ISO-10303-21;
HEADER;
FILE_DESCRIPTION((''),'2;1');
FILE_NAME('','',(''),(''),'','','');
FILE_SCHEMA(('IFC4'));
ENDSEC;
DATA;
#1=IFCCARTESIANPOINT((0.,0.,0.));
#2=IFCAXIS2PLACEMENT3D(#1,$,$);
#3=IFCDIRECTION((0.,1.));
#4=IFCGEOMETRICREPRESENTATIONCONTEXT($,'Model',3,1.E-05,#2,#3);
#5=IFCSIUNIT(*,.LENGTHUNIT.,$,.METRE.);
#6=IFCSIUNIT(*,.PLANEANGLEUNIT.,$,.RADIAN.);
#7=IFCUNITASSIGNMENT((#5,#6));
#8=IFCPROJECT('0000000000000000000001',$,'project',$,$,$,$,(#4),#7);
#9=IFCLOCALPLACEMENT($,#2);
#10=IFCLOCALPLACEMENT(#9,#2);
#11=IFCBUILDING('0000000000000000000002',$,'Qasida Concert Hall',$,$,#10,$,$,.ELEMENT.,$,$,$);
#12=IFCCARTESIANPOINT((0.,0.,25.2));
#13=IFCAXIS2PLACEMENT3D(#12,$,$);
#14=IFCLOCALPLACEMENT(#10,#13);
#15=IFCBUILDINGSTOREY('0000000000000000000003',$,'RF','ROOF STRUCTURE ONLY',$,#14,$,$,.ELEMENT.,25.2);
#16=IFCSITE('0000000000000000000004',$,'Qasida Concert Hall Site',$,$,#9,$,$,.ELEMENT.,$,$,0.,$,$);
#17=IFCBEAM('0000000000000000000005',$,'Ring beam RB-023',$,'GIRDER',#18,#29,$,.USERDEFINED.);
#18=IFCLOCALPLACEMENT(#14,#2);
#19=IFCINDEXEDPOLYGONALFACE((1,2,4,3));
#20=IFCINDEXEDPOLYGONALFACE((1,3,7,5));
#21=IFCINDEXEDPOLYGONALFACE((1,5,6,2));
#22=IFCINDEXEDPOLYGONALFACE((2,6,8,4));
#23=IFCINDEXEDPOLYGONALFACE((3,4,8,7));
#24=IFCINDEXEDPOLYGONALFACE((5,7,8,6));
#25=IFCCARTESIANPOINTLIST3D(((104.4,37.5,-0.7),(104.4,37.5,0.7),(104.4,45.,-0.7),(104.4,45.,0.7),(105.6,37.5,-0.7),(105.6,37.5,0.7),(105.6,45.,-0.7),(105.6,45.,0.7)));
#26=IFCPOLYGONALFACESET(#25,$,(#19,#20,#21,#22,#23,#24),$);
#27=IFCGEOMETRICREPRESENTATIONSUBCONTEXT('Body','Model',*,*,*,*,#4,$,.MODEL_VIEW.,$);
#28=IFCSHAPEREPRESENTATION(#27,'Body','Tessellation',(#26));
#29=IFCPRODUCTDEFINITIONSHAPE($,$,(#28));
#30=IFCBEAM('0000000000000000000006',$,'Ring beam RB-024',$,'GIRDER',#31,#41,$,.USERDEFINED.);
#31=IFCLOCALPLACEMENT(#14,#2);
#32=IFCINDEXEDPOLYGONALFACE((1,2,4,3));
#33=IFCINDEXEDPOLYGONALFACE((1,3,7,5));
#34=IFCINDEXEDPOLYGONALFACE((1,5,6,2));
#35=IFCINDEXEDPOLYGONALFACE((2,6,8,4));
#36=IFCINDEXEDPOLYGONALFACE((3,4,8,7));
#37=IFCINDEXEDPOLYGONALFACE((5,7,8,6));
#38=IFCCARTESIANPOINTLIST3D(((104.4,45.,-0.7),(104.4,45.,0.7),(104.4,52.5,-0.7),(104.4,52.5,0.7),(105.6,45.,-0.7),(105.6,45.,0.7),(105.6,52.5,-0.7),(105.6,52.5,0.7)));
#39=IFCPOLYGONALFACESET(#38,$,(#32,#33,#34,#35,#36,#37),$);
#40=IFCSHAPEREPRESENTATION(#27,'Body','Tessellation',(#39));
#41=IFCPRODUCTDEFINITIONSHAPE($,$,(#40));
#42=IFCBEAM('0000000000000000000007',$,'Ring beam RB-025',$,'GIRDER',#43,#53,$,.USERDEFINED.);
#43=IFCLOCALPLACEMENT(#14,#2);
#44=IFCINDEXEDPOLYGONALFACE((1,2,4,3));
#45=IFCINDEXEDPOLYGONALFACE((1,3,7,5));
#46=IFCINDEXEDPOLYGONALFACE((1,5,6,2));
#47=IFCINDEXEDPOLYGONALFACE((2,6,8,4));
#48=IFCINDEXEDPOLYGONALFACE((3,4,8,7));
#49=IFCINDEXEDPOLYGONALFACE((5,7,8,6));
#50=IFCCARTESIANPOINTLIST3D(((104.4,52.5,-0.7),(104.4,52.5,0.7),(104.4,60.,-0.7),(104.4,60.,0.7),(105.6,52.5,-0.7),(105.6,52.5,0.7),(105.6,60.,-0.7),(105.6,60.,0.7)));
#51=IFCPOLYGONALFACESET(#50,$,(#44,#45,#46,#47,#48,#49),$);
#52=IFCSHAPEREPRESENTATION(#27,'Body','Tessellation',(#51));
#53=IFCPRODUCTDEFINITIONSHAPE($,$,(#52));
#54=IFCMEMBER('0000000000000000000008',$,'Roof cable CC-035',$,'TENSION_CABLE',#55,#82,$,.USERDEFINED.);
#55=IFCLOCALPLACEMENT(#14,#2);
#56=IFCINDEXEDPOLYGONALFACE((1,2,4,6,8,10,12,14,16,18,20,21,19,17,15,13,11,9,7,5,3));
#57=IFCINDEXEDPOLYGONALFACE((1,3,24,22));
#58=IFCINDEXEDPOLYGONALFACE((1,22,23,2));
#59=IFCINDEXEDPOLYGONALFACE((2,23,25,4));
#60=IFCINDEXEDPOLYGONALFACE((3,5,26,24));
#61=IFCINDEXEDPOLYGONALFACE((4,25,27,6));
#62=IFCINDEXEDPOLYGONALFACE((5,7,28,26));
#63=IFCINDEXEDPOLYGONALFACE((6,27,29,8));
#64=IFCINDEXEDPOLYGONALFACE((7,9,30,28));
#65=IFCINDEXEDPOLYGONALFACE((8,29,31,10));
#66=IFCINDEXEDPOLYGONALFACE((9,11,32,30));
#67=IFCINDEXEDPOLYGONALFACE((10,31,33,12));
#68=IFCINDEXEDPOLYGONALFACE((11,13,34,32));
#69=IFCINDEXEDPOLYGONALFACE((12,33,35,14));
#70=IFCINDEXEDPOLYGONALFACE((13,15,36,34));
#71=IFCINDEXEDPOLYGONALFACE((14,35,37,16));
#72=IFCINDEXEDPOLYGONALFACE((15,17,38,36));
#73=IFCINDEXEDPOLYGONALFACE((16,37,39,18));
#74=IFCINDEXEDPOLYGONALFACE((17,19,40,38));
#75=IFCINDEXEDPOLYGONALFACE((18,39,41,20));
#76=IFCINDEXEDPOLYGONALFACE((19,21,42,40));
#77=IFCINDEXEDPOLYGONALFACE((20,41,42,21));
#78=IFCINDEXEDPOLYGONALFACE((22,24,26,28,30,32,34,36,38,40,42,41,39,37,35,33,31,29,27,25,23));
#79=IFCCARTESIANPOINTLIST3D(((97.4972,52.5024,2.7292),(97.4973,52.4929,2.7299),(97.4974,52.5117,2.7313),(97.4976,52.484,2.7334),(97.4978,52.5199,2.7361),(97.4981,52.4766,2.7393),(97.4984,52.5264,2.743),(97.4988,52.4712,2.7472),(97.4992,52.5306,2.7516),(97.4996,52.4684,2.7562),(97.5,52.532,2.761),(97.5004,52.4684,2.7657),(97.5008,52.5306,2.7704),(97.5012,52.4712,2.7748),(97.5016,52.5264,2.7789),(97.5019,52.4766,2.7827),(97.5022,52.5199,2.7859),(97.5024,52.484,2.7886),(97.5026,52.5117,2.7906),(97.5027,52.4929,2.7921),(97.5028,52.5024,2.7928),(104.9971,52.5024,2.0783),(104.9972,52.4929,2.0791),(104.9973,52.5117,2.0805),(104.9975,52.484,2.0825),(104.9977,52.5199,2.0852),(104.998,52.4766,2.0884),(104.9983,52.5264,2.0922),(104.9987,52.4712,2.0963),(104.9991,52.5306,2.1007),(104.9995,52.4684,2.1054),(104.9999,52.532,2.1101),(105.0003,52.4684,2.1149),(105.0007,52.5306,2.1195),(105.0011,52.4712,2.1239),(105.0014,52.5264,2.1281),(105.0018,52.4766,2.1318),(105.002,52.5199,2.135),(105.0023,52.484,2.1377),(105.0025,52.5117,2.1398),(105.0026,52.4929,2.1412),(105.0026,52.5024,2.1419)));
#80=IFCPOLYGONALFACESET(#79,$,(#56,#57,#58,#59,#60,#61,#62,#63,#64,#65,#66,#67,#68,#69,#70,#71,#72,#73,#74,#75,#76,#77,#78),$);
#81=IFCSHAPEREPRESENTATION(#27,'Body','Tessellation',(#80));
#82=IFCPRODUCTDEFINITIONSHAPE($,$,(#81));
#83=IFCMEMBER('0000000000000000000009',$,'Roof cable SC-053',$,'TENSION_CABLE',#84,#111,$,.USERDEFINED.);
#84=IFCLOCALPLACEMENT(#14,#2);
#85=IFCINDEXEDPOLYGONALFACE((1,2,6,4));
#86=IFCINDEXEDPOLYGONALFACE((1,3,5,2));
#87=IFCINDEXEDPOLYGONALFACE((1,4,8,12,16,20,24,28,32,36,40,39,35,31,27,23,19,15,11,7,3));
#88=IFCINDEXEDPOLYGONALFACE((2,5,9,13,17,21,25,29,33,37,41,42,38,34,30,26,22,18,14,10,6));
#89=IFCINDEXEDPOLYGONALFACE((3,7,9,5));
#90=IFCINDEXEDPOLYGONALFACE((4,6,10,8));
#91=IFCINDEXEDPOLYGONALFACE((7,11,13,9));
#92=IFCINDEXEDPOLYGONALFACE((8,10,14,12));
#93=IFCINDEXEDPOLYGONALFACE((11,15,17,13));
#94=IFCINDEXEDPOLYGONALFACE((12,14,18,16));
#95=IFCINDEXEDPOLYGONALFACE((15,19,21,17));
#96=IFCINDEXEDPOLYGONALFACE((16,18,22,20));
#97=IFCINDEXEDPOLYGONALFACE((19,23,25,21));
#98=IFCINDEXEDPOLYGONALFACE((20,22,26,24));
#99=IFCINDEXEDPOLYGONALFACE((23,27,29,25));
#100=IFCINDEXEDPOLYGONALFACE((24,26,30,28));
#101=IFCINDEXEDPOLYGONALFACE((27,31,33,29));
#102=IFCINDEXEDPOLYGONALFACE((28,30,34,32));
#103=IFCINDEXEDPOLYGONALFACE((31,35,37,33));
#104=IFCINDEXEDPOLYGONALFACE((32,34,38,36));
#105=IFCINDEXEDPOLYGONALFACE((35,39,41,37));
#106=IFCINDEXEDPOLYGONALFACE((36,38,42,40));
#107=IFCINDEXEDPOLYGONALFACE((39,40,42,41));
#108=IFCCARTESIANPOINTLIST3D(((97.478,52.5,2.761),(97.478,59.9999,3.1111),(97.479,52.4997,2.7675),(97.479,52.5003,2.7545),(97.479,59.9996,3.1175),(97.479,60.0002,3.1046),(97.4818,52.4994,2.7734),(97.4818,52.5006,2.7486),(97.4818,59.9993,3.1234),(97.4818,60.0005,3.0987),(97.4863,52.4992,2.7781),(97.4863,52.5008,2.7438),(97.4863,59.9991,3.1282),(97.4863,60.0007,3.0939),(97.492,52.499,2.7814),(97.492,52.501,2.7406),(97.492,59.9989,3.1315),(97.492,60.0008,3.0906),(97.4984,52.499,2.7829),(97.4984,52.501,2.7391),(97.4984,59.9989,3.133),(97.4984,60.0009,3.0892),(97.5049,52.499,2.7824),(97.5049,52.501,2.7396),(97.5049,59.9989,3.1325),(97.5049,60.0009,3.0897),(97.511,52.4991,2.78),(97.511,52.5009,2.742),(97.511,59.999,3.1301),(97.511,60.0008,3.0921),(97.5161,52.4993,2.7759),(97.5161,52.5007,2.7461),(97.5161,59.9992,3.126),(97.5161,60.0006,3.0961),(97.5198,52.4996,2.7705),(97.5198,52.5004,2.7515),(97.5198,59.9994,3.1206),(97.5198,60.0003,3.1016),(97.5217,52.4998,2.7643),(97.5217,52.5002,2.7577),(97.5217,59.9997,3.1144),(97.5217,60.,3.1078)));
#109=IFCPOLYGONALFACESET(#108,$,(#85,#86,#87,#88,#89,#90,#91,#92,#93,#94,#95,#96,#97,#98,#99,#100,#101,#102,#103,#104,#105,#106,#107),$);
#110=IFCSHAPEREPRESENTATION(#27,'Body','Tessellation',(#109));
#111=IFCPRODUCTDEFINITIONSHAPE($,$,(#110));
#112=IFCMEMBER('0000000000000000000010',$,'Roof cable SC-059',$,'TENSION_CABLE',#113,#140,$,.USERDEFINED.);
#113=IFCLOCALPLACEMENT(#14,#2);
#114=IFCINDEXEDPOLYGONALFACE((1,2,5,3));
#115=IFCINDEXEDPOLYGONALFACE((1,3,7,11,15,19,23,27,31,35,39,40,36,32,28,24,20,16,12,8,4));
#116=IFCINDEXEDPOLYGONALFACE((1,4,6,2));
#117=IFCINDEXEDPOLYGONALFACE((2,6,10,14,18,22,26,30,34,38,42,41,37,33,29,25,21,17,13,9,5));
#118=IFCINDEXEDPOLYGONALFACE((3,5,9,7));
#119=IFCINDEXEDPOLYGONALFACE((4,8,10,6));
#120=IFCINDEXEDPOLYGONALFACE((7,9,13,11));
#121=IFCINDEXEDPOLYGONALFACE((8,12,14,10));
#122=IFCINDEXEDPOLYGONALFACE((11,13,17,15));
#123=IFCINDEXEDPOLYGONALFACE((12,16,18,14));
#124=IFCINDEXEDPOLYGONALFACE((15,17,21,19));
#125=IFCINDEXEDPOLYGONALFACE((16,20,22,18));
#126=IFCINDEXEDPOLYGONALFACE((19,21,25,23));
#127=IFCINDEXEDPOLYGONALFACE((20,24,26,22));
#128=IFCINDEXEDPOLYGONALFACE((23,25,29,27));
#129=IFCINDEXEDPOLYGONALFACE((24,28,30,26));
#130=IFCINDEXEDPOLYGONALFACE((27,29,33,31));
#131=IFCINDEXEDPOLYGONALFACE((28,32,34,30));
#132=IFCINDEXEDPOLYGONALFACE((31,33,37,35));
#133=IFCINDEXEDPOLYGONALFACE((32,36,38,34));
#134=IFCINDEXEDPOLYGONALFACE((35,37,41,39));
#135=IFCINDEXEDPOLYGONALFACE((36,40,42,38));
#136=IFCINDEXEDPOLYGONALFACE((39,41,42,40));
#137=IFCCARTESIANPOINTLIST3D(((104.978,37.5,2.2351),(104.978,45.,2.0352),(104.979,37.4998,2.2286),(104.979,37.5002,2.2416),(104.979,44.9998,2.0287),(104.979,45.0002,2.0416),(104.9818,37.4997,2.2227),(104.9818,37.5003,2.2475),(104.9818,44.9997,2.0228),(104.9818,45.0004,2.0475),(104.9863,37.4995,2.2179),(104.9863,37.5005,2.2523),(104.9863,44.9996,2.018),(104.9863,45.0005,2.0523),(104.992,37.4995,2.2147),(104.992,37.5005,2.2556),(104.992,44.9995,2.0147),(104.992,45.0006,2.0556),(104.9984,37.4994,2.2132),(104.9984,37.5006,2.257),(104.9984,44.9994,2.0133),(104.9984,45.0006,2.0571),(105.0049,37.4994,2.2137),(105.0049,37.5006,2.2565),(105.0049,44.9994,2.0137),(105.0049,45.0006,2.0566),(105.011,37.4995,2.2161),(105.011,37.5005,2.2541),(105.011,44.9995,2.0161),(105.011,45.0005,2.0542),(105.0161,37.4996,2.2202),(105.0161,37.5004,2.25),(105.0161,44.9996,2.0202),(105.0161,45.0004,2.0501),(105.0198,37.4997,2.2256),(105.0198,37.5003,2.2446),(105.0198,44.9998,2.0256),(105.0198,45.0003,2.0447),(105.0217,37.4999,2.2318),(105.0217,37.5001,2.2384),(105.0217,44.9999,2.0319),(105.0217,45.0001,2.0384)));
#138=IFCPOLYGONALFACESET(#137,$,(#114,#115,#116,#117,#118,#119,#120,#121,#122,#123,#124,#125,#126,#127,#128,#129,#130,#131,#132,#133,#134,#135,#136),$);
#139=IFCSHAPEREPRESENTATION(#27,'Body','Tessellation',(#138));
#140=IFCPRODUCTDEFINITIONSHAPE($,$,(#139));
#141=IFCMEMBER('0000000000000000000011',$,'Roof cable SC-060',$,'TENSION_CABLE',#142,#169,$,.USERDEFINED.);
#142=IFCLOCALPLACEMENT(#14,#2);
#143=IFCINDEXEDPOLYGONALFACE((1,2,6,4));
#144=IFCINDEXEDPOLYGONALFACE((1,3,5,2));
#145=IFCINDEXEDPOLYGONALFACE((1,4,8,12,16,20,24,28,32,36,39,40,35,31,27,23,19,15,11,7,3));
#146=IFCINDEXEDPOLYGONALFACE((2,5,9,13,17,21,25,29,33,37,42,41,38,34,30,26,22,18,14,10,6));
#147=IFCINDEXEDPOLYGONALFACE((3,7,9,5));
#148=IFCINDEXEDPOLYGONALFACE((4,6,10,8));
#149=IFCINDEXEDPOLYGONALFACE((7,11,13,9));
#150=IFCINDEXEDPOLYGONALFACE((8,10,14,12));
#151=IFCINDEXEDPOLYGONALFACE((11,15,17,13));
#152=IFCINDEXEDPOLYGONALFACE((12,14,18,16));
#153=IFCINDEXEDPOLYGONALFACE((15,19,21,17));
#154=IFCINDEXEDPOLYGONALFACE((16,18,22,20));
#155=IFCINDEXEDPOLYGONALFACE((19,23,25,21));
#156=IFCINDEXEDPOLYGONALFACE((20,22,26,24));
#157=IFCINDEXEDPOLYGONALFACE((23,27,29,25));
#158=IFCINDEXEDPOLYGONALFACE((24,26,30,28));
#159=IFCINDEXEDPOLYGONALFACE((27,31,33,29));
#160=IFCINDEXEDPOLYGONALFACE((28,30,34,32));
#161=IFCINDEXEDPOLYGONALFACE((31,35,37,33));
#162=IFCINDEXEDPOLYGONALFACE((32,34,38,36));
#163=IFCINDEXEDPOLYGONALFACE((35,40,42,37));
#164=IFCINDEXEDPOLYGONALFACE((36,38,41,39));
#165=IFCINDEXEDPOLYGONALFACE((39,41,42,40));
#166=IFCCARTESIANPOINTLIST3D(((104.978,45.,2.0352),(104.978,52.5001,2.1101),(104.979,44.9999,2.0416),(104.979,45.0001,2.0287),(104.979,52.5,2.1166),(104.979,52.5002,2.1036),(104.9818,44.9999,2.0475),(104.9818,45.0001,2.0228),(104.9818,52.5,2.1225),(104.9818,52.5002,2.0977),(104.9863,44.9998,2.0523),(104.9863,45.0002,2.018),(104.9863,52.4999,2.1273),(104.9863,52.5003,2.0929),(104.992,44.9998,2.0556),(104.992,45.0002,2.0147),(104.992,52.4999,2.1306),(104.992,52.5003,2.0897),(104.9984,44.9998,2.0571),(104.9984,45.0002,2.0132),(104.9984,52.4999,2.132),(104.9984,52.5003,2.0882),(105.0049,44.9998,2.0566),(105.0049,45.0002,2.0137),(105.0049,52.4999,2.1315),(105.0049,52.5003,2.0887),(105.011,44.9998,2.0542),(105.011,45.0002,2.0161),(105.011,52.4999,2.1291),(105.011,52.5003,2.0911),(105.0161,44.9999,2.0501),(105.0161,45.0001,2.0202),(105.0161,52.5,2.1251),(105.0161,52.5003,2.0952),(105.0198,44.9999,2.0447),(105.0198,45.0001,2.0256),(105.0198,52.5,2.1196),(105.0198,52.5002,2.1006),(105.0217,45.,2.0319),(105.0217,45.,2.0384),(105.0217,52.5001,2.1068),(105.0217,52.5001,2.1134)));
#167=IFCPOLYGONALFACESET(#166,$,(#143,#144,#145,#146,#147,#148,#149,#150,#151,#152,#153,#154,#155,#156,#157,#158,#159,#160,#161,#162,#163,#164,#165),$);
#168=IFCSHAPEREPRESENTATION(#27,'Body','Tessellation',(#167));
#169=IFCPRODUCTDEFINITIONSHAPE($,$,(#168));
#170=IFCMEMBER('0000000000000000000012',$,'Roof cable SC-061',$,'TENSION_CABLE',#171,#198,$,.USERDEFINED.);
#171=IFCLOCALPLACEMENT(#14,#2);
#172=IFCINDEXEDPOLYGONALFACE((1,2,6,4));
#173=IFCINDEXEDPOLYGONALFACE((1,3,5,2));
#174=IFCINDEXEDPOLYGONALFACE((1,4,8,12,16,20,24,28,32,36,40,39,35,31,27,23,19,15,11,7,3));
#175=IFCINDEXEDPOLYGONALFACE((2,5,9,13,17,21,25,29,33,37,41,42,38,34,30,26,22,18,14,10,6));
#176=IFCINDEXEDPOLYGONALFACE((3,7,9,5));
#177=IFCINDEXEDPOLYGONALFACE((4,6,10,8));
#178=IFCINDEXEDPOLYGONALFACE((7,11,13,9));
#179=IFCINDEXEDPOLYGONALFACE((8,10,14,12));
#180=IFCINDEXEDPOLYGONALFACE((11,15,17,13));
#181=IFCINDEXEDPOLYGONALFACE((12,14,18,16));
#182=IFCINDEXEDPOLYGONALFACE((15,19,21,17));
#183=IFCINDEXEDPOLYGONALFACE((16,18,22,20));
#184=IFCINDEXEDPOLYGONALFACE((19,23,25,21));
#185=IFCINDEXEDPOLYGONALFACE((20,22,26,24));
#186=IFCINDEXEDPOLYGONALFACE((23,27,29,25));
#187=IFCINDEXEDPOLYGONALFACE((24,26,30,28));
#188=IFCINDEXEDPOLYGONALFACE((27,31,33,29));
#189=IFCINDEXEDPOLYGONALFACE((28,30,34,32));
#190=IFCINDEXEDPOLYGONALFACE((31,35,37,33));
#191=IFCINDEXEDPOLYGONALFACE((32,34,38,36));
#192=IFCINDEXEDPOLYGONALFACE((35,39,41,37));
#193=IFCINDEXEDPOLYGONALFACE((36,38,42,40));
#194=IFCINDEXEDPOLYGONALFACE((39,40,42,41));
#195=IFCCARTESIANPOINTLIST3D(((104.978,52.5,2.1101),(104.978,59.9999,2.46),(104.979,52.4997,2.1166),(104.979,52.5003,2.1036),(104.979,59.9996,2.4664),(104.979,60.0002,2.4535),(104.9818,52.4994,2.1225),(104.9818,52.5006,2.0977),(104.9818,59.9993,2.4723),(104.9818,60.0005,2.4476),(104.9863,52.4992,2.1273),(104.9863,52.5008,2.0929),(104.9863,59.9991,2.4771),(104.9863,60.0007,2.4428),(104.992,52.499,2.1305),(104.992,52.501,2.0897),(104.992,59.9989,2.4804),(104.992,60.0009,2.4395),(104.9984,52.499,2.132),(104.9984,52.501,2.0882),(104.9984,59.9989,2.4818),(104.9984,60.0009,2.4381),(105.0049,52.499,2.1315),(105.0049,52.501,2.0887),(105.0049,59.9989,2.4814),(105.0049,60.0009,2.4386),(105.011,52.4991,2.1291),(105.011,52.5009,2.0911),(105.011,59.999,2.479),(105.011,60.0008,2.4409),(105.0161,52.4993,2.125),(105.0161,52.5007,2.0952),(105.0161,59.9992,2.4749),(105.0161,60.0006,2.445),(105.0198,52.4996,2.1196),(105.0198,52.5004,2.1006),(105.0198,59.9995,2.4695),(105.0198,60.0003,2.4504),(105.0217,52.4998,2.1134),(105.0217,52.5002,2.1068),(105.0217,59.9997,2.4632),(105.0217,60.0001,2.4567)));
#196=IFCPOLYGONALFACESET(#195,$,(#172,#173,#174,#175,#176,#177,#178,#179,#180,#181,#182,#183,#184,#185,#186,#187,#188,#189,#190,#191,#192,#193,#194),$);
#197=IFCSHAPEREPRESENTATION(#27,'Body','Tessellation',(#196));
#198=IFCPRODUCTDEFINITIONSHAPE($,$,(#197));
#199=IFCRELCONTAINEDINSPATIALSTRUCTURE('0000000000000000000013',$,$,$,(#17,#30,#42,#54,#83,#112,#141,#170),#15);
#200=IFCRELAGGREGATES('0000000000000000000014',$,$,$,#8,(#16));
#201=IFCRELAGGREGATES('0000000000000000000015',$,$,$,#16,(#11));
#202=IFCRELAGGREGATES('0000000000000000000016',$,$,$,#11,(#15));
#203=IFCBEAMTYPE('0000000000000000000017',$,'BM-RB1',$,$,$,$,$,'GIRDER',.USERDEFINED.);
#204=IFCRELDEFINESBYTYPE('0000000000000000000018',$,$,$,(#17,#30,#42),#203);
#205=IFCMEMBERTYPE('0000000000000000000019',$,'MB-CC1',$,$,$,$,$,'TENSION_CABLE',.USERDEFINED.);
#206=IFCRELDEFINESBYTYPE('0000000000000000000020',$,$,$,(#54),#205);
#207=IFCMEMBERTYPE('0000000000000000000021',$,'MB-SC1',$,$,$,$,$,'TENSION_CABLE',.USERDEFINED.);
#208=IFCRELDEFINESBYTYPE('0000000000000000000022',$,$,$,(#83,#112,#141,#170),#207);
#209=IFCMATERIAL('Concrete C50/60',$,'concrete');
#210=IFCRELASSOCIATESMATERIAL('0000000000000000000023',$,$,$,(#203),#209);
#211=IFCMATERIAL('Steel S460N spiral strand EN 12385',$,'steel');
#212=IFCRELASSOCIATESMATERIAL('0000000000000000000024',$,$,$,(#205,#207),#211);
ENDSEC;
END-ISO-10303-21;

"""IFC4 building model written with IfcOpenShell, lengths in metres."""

from ifc_helpers import new_model, si_unit, direction, frame, origin, origin_2d, place, context, subcontext, project, spatial, rectangle, circle, extrude, material, material_profile, profile_set, type_object, element, save


model = new_model("IFC4")

# Units and contexts
model_context = context("Model", 3, precision=1e-05, world=origin(), true_north=direction((0.0, 1.0)))
body_context = subcontext(model_context, "Body", "Model", "MODEL_VIEW")
ifc_project = project(units=[si_unit("LENGTHUNIT", "METRE"), si_unit("PLANEANGLEUNIT", "RADIAN")], contexts=[model_context])

# Site, building, storey
site_placement = place(None, origin())
site = spatial("IfcSite", under=ifc_project, at=site_placement, Name="Qasida Concert Hall Site", CompositionType="ELEMENT", RefElevation=0.0)
building_placement = place(site_placement, origin())
building = spatial("IfcBuilding", under=site, at=building_placement, Name="Qasida Concert Hall", CompositionType="ELEMENT")
storey_placement = place(building_placement, frame((0.0, 0.0, 25.2)))
storey = spatial("IfcBuildingStorey", under=building, at=storey_placement, Name="RF", Description="ROOF STRUCTURE ONLY", CompositionType="ELEMENT", Elevation=25.2)

# Beams
ifc_material_1 = material(Name="Concrete C50/60", Category="concrete")
ifc_material_profile_1 = material_profile(ifc_material_1, rectangle(XDim=1.2, YDim=1.3999, at=origin_2d()), Name="RC 1200x1400")
ifc_profile_set_1 = profile_set([ifc_material_profile_1], Name="Concrete C50/60")
beam_type = type_object("IfcBeamType", Name="BM-RB1", ElementType="GIRDER", PredefinedType="USERDEFINED", material=ifc_profile_set_1)
for number, where, z_axis, x_axis, name in (
    (1, (105.0, 37.5, 0.0), (0.0, 1.0, 0.0), (-1.0, 0.0, 0.0), "Ring beam RB-023"),
    (2, (105.0, 45.0, 0.0), (0.0, 1.0, 0.0), (-1.0, 0.0, 0.0), "Ring beam RB-024"),
    (3, (105.0, 52.5, 0.0), (0.0, 1.0, 0.0), (-1.0, 0.0, 0.0), "Ring beam RB-025"),
):
    element("IfcBeam", number, at=place(storey_placement, frame(where, z_axis=z_axis, x_axis=x_axis)), inside=storey, type_object=beam_type, Name=name, ObjectType="GIRDER", PredefinedType="USERDEFINED", context=body_context, shape_type="SweptSolid", body=[
        extrude(rectangle(XDim=1.2, YDim=1.3999, at=origin_2d()), origin(), (0.0, 0.0, 1.0), 7.5),
    ])

# Members
ifc_material_2 = material(Name="Steel S460N spiral strand EN 12385", Category="steel")
ifc_material_profile_2 = material_profile(ifc_material_2, circle(Radius=0.032, at=origin_2d()), Name="STRAND D64")
ifc_profile_set_2 = profile_set([ifc_material_profile_2], Name="Steel S460N spiral strand EN 12385")
member_type_1 = type_object("IfcMemberType", Name="MB-CC1", ElementType="TENSION_CABLE", PredefinedType="USERDEFINED", material=ifc_profile_set_2)
member_1_placement = place(storey_placement, frame((97.5, 52.5, 2.761), z_axis=(0.996255, 0.0, -0.086459), x_axis=(0.0, 1.0, 0.0)))
element("IfcMember", 4, at=member_1_placement, inside=storey, type_object=member_type_1, Name="Roof cable CC-035", ObjectType="TENSION_CABLE", PredefinedType="USERDEFINED", context=body_context, shape_type="SweptSolid", body=[
    extrude(circle(Radius=0.032, at=origin_2d()), origin(), (0.0, 0.0, 1.0), 7.5281),
])
ifc_material_profile_3 = material_profile(ifc_material_2, circle(Radius=0.022, at=origin_2d()), Name="STRAND D44")
ifc_profile_set_3 = profile_set([ifc_material_profile_3], Name="Steel S460N spiral strand EN 12385")
member_type_2 = type_object("IfcMemberType", Name="MB-SC1", ElementType="TENSION_CABLE", PredefinedType="USERDEFINED", material=ifc_profile_set_3)
member_2_placement = place(storey_placement, frame((97.5, 52.5, 2.761), z_axis=(0.0, 0.998912, 0.046629), x_axis=(-1.0, 0.0, 0.0)))
element("IfcMember", 5, at=member_2_placement, inside=storey, type_object=member_type_2, Name="Roof cable SC-053", ObjectType="TENSION_CABLE", PredefinedType="USERDEFINED", context=body_context, shape_type="SweptSolid", body=[
    extrude(circle(Radius=0.022, at=origin_2d()), origin(), (0.0, 0.0, 1.0), 7.5081),
])
member_3_placement = place(storey_placement, frame((105.0, 37.5, 2.2351), z_axis=(0.0, 0.999645, -0.026651), x_axis=(-1.0, 0.0, 0.0)))
element("IfcMember", 6, at=member_3_placement, inside=storey, type_object=member_type_2, Name="Roof cable SC-059", ObjectType="TENSION_CABLE", PredefinedType="USERDEFINED", context=body_context, shape_type="SweptSolid", body=[
    extrude(circle(Radius=0.022, at=origin_2d()), origin(), (0.0, 0.0, 1.0), 7.5027),
])
member_4_placement = place(storey_placement, frame((105.0, 45.0, 2.0352), z_axis=(0.0, 0.99995, 0.009993), x_axis=(-1.0, 0.0, 0.0)))
element("IfcMember", 7, at=member_4_placement, inside=storey, type_object=member_type_2, Name="Roof cable SC-060", ObjectType="TENSION_CABLE", PredefinedType="USERDEFINED", context=body_context, shape_type="SweptSolid", body=[
    extrude(circle(Radius=0.022, at=origin_2d()), origin(), (0.0, 0.0, 1.0), 7.5005),
])
member_5_placement = place(storey_placement, frame((105.0, 52.5, 2.1101), z_axis=(0.0, 0.998914, 0.046596), x_axis=(-1.0, 0.0, 0.0)))
element("IfcMember", 8, at=member_5_placement, inside=storey, type_object=member_type_2, Name="Roof cable SC-061", ObjectType="TENSION_CABLE", PredefinedType="USERDEFINED", context=body_context, shape_type="SweptSolid", body=[
    extrude(circle(Radius=0.022, at=origin_2d()), origin(), (0.0, 0.0, 1.0), 7.5081),
])

save(model, "model.ifc")
